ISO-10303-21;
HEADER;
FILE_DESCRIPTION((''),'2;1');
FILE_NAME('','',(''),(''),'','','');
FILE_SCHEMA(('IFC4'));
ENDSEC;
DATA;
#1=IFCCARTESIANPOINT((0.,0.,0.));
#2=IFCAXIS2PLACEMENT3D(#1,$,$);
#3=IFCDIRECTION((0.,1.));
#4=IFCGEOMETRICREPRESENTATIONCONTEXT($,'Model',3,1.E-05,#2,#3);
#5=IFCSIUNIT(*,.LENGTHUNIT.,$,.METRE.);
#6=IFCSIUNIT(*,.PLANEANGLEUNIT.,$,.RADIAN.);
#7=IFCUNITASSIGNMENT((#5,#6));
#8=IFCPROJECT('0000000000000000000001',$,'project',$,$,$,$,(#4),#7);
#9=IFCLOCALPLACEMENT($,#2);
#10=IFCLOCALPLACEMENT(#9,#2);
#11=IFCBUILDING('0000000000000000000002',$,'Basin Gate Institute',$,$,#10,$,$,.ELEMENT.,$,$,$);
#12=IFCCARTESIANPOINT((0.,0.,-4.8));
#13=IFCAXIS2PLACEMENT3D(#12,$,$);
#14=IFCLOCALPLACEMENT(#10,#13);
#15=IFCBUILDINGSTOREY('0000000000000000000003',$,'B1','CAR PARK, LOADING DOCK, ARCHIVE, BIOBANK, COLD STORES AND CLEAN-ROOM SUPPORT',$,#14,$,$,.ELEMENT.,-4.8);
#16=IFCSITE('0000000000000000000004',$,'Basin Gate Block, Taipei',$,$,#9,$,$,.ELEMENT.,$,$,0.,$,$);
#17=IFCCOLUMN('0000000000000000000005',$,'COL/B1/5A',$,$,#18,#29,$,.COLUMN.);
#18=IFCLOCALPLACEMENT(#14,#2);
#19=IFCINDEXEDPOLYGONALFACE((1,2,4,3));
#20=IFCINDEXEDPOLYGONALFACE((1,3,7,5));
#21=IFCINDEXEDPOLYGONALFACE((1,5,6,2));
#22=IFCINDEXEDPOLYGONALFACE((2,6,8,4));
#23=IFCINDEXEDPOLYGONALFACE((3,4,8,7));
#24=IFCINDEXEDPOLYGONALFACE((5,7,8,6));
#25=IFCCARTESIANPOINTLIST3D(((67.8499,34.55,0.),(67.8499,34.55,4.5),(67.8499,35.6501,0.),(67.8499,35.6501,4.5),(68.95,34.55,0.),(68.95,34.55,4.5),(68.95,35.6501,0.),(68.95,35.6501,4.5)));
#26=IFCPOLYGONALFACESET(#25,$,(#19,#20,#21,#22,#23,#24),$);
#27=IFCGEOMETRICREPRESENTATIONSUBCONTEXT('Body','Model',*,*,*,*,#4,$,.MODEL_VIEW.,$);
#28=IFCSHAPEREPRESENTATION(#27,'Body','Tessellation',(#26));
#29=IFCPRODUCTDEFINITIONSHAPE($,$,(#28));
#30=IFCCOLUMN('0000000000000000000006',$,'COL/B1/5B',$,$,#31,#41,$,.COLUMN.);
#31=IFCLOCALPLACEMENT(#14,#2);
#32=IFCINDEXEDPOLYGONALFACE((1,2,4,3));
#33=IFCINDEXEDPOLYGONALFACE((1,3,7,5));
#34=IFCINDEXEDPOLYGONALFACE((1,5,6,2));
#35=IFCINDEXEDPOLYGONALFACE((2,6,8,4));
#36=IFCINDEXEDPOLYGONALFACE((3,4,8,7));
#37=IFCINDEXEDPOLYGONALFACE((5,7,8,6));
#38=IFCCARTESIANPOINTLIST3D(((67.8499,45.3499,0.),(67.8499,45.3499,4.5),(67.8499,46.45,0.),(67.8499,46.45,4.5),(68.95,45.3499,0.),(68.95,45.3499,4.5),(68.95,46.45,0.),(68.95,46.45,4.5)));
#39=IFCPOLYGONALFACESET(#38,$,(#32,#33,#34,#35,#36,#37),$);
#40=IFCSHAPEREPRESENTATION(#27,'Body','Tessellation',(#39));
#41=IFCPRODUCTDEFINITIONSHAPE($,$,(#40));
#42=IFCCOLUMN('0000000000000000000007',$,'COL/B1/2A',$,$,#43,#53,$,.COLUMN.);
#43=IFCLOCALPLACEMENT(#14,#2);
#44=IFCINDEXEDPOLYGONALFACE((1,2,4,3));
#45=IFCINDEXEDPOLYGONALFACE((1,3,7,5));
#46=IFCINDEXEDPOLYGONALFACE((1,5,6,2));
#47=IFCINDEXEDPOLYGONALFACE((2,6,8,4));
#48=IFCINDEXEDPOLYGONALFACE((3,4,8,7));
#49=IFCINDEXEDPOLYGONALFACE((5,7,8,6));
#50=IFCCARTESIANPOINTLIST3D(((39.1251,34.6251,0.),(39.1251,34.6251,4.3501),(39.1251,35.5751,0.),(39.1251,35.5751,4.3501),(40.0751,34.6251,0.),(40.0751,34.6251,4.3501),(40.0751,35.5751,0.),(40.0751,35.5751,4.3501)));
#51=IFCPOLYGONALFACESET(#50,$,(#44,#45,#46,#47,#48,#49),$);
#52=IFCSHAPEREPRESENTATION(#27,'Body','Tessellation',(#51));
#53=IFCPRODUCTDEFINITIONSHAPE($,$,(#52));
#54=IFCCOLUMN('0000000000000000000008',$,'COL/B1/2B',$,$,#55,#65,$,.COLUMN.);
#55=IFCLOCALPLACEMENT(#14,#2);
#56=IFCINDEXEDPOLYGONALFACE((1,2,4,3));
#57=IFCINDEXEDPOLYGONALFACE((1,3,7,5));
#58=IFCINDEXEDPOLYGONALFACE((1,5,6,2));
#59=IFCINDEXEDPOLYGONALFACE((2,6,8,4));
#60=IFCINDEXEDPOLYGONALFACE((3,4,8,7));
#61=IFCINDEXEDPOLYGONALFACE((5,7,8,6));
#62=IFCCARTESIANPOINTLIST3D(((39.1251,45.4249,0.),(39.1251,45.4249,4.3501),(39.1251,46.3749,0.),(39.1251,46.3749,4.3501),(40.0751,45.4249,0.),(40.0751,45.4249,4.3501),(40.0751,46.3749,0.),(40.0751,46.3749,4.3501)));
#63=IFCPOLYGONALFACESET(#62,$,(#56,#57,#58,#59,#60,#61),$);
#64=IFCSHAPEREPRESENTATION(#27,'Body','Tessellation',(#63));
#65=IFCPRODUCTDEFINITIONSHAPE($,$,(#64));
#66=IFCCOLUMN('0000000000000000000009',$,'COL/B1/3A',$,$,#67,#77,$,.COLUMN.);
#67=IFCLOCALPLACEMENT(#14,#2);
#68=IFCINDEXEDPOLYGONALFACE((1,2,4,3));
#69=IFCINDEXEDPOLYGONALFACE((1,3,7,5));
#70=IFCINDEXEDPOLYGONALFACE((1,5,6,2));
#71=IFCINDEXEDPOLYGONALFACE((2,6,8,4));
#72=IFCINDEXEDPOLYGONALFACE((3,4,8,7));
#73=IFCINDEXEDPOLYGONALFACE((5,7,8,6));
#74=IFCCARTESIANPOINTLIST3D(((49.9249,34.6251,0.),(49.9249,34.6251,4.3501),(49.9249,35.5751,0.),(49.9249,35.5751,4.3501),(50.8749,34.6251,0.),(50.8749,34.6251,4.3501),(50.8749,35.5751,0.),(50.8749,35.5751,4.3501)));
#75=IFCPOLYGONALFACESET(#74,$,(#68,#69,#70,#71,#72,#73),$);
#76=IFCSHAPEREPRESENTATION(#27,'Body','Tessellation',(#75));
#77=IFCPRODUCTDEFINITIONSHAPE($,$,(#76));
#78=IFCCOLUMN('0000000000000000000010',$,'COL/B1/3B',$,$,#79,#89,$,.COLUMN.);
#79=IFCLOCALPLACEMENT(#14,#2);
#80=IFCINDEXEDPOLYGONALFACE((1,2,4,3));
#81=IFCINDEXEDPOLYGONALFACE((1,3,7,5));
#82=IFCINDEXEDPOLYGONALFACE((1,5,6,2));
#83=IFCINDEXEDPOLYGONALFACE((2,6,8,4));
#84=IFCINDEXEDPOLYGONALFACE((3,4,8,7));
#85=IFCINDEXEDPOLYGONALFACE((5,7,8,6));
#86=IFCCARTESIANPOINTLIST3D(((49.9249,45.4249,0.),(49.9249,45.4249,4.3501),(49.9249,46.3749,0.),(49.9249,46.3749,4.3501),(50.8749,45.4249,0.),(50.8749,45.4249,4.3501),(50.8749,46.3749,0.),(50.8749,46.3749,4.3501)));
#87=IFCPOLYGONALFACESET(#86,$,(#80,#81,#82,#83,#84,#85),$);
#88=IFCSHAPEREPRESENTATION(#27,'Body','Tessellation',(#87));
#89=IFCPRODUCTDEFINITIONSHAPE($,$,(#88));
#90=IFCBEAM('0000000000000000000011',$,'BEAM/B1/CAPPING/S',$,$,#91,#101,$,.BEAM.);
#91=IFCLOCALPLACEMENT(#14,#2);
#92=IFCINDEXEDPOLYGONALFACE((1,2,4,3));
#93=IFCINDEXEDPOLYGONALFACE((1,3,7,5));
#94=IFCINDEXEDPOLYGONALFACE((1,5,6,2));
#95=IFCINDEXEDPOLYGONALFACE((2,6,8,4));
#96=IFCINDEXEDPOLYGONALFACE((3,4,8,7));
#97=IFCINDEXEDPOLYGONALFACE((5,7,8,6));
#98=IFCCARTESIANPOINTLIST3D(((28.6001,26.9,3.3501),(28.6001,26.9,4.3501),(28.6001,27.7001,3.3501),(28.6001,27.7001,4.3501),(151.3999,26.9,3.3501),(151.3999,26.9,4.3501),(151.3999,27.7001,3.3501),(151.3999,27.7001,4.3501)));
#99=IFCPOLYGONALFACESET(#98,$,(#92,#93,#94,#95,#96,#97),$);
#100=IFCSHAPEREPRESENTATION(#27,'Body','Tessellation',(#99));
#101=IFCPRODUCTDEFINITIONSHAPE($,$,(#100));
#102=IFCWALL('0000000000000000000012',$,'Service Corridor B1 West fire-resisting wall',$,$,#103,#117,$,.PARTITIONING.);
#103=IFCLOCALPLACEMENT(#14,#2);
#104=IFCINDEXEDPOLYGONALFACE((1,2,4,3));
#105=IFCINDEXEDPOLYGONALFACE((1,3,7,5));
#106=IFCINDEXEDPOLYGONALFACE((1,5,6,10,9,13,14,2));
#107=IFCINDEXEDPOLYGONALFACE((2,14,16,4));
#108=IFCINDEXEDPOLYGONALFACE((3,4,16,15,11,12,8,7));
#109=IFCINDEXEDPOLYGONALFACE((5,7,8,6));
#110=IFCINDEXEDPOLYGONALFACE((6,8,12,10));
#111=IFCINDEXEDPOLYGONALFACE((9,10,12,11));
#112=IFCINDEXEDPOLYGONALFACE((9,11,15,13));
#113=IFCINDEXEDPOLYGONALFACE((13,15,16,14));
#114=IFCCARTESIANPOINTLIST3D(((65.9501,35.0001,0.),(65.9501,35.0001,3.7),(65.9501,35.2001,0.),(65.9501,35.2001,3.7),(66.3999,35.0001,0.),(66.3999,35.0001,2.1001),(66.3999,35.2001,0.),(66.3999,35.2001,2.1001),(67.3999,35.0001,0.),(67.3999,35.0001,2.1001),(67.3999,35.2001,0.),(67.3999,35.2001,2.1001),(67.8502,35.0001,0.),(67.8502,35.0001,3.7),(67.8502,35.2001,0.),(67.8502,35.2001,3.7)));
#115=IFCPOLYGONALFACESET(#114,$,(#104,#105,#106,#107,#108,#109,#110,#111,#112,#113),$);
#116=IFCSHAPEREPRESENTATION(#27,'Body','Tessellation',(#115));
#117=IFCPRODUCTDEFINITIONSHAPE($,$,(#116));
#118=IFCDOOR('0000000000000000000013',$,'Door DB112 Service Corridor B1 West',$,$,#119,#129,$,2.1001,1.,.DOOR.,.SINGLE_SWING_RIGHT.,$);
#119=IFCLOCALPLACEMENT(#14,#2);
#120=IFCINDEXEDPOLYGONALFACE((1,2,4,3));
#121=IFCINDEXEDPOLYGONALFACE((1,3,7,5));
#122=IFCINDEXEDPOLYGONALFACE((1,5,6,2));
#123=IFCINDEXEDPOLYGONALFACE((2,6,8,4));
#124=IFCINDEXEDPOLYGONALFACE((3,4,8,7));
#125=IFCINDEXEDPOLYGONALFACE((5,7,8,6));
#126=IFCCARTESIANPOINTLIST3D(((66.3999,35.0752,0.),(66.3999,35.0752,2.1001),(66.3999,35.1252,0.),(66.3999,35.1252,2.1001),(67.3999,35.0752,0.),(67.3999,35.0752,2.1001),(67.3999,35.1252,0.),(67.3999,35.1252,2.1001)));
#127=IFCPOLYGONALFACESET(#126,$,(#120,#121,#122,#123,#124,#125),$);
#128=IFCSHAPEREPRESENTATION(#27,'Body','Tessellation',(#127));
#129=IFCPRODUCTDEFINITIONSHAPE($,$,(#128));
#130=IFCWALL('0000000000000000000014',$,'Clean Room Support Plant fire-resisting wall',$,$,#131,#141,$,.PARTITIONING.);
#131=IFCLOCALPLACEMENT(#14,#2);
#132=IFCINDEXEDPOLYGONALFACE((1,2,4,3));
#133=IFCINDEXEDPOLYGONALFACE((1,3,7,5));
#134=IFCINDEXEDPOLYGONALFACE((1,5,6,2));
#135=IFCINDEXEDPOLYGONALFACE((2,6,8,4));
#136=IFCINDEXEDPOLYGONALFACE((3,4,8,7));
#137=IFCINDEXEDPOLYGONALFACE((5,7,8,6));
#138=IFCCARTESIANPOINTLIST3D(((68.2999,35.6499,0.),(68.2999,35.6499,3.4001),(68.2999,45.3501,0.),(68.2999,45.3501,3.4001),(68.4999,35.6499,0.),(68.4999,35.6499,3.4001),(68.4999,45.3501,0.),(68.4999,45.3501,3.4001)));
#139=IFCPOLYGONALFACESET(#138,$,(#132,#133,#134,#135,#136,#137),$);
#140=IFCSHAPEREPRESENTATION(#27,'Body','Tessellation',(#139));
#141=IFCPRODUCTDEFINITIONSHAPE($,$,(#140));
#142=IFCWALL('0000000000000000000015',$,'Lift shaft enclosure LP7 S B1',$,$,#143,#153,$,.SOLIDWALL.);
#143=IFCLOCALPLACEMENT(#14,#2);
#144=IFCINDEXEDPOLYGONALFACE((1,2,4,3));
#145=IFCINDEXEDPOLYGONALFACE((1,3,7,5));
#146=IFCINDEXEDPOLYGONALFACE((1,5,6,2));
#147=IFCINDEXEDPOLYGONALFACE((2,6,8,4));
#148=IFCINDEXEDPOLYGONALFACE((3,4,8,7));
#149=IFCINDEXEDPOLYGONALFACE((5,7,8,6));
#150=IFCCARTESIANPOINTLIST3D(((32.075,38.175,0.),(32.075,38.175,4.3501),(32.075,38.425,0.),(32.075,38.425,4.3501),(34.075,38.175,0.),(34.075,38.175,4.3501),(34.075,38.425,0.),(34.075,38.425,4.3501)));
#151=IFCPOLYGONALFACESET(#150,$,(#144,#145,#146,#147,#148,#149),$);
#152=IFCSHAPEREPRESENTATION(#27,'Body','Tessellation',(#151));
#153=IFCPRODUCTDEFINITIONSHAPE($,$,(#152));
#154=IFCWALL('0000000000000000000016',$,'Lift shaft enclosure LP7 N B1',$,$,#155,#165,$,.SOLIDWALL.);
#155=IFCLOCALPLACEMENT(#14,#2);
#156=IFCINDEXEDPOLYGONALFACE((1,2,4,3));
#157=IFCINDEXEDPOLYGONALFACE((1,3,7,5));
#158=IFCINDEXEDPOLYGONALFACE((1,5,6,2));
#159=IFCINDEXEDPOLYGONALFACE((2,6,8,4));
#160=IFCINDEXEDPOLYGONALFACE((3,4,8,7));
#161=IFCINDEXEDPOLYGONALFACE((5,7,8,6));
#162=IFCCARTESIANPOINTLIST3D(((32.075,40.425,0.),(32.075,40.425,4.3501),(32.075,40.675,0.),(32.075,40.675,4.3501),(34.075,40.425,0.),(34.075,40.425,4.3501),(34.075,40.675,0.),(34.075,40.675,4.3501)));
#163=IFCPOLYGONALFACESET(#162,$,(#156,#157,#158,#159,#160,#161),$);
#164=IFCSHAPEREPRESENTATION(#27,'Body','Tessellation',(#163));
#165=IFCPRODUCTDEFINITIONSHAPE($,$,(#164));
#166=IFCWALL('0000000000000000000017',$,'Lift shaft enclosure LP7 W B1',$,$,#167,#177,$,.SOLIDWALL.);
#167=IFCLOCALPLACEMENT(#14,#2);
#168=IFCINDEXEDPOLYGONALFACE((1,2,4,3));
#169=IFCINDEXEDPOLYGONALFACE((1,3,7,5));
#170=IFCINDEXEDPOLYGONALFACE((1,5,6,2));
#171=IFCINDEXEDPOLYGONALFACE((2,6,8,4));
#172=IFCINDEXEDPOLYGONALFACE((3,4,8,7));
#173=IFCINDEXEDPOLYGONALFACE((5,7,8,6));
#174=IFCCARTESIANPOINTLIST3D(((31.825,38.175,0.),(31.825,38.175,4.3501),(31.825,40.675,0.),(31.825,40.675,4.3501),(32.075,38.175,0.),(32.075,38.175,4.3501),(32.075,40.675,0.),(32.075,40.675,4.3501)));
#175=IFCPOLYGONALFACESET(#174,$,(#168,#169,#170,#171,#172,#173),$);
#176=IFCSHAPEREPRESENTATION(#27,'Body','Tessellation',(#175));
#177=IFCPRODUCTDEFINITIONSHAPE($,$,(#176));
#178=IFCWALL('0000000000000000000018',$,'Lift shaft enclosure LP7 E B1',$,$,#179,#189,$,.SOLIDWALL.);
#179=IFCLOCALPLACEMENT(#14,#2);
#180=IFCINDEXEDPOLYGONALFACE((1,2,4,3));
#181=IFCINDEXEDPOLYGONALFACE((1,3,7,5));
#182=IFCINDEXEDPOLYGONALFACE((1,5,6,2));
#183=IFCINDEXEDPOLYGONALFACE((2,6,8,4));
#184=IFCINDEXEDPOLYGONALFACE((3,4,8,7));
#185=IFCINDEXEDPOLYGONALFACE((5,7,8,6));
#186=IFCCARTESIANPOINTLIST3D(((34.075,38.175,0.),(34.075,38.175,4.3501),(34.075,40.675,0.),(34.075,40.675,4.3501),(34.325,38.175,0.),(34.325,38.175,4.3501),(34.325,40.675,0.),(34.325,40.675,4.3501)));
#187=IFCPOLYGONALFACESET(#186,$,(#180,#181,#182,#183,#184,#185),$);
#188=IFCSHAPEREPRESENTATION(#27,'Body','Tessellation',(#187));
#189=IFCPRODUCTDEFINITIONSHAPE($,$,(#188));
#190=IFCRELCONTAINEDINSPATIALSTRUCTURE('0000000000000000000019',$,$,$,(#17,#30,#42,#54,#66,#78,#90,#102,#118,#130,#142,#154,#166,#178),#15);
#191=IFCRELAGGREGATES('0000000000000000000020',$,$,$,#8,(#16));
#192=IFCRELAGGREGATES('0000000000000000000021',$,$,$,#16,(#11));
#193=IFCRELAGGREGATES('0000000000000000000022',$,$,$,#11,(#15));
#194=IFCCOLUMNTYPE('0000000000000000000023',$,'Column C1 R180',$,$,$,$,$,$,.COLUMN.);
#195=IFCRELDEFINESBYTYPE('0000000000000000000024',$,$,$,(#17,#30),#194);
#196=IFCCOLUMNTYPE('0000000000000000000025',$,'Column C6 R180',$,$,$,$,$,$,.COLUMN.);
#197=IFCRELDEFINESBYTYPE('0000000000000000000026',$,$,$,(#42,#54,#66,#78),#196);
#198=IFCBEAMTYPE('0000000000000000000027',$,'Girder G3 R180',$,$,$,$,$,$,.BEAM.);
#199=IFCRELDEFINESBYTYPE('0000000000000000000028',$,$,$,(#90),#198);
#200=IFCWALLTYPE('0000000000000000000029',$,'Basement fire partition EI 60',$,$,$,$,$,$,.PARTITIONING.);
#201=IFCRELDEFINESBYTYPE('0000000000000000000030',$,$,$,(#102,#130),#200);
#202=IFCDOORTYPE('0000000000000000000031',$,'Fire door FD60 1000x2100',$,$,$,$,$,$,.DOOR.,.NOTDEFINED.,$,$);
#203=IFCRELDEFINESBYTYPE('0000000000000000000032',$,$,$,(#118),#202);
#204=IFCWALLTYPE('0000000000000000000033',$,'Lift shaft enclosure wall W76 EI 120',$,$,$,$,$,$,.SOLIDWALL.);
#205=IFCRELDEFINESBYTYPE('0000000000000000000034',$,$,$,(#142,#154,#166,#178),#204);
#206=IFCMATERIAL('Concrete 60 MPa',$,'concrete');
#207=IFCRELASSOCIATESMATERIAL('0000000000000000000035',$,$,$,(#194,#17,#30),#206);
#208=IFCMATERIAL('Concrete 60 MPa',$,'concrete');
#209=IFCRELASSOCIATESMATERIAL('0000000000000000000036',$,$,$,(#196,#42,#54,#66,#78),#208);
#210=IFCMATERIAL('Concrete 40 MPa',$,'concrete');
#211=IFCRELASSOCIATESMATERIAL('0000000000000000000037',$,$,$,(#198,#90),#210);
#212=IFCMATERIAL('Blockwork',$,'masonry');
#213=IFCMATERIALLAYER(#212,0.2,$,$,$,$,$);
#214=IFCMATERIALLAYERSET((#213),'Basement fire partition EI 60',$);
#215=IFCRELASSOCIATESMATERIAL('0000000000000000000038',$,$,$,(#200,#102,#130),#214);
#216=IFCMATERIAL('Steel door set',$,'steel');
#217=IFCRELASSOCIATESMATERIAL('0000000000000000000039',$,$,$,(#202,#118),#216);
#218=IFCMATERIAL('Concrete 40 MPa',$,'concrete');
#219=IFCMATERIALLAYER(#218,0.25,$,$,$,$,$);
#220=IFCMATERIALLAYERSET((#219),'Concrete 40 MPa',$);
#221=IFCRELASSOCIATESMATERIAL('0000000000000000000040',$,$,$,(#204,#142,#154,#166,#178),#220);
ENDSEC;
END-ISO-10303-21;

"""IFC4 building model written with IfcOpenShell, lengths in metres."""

from ifc_helpers import new_model, si_unit, direction, frame, frame_2d, origin, origin_2d, place, context, subcontext, project, spatial, rectangle, extrude, material, layer, layer_set, material_profile, profile_set, type_object, element, fill, save


model = new_model("IFC4")

# Units and contexts
model_context = context("Model", 3, precision=1e-05, world=origin(), true_north=direction((0.0, 1.0)))
body_context = subcontext(model_context, "Body", "Model", "MODEL_VIEW")
ifc_project = project(units=[si_unit("LENGTHUNIT", "METRE"), si_unit("PLANEANGLEUNIT", "RADIAN")], contexts=[model_context])

# Site, building, storey
site_placement = place(None, origin())
site = spatial("IfcSite", under=ifc_project, at=site_placement, Name="Basin Gate Block, Taipei", CompositionType="ELEMENT", RefElevation=0.0)
building_placement = place(site_placement, origin())
building = spatial("IfcBuilding", under=site, at=building_placement, Name="Basin Gate Institute", CompositionType="ELEMENT")
storey_placement = place(building_placement, frame((0.0, 0.0, -4.8)))
storey = spatial("IfcBuildingStorey", under=building, at=storey_placement, Name="B1", Description="CAR PARK, LOADING DOCK, ARCHIVE, BIOBANK, COLD STORES AND CLEAN-ROOM SUPPORT", CompositionType="ELEMENT", Elevation=-4.8)

# Columns
ifc_material_1 = material(Name="Concrete 60 MPa", Category="concrete")
ifc_material_profile_1 = material_profile(ifc_material_1, rectangle(XDim=1.1001, YDim=1.1001, at=origin_2d()), Name="Column C1 1100 x 1100")
ifc_profile_set_1 = profile_set([ifc_material_profile_1], Name="Concrete 60 MPa")
column_type_1 = type_object("IfcColumnType", Name="Column C1 R180", PredefinedType="COLUMN", material=ifc_profile_set_1)
for number, where, z_axis, x_axis, name in (
    (1, (68.3999, 35.1001, 0.0), (0.0, 0.0, 1.0), (1.0, 0.0, 0.0), "COL/B1/5A"),
    (2, (68.3999, 45.8999, 0.0), (0.0, 0.0, 1.0), (1.0, 0.0, 0.0), "COL/B1/5B"),
):
    element("IfcColumn", number, at=place(storey_placement, frame(where, z_axis=z_axis, x_axis=x_axis)), inside=storey, type_object=column_type_1, material=ifc_profile_set_1, Name=name, PredefinedType="COLUMN", context=body_context, shape_type="SweptSolid", body=[
        extrude(rectangle(XDim=1.1001, YDim=1.1001, at=origin_2d()), origin(), (0.0, 0.0, 1.0), 4.5),
    ])
ifc_material_2 = material(Name="Concrete 60 MPa", Category="concrete")
ifc_material_profile_2 = material_profile(ifc_material_2, rectangle(XDim=0.95, YDim=0.95, at=origin_2d()), Name="Column C6 950 x 950")
ifc_profile_set_2 = profile_set([ifc_material_profile_2], Name="Concrete 60 MPa")
column_type_2 = type_object("IfcColumnType", Name="Column C6 R180", PredefinedType="COLUMN", material=ifc_profile_set_2)
for number, where, z_axis, x_axis, name in (
    (3, (39.6001, 35.1001, 0.0), (0.0, 0.0, 1.0), (1.0, 0.0, 0.0), "COL/B1/2A"),
    (4, (39.6001, 45.8999, 0.0), (0.0, 0.0, 1.0), (1.0, 0.0, 0.0), "COL/B1/2B"),
    (5, (50.3999, 35.1001, 0.0), (0.0, 0.0, 1.0), (1.0, 0.0, 0.0), "COL/B1/3A"),
    (6, (50.3999, 45.8999, 0.0), (0.0, 0.0, 1.0), (1.0, 0.0, 0.0), "COL/B1/3B"),
):
    element("IfcColumn", number, at=place(storey_placement, frame(where, z_axis=z_axis, x_axis=x_axis)), inside=storey, type_object=column_type_2, material=ifc_profile_set_2, Name=name, PredefinedType="COLUMN", context=body_context, shape_type="SweptSolid", body=[
        extrude(rectangle(XDim=0.95, YDim=0.95, at=origin_2d()), origin(), (0.0, 0.0, 1.0), 4.3501),
    ])

# Beam
ifc_material_3 = material(Name="Concrete 40 MPa", Category="concrete")
ifc_material_profile_3 = material_profile(ifc_material_3, rectangle(XDim=0.8, YDim=1.0, at=origin_2d()), Name="Girder G3 800 x 1000")
ifc_profile_set_3 = profile_set([ifc_material_profile_3], Name="Concrete 40 MPa")
beam_type = type_object("IfcBeamType", Name="Girder G3 R180", PredefinedType="BEAM", material=ifc_profile_set_3)
beam_placement = place(storey_placement, frame((28.6001, 27.3, 3.8501), z_axis=(1.0, 0.0, 0.0), x_axis=(0.0, 1.0, 0.0)))
element("IfcBeam", 7, at=beam_placement, inside=storey, type_object=beam_type, material=ifc_profile_set_3, Name="BEAM/B1/CAPPING/S", PredefinedType="BEAM", context=body_context, shape_type="SweptSolid", body=[
    extrude(rectangle(XDim=0.8, YDim=1.0, at=origin_2d()), origin(), (0.0, 0.0, 1.0), 122.7998),
])

# Wall, opening, door
ifc_material_4 = material(Name="Blockwork", Category="masonry")
ifc_layer_1 = layer(ifc_material_4, 0.2)
ifc_layer_set_1 = layer_set([ifc_layer_1], Name="Basement fire partition EI 60")
wall_type_1 = type_object("IfcWallType", Name="Basement fire partition EI 60", PredefinedType="PARTITIONING", material=ifc_layer_set_1)
wall_1_placement = place(storey_placement, frame((65.95, 35.1001, 0.0), z_axis=(0.0, 0.0, 1.0), x_axis=(1.0, 0.0, 0.0)))
wall_1 = element("IfcWall", 8, at=wall_1_placement, inside=storey, type_object=wall_type_1, material=ifc_layer_set_1, Name="Service Corridor B1 West fire-resisting wall", PredefinedType="PARTITIONING", context=body_context, shape_type="SweptSolid", body=[
    extrude(rectangle(XDim=1.9001, YDim=0.2, at=frame_2d((0.9502, 0.0))), origin(), (0.0, 0.0, 1.0), 3.7),
])
opening_1_placement = place(wall_1_placement, frame((0.45, 0.0, 0.0)))
opening_1 = element("IfcOpeningElement", 9, at=opening_1_placement, cuts=wall_1, PredefinedType="OPENING", context=body_context, shape_type="SweptSolid", body=[
    extrude(rectangle(XDim=1.0, YDim=2.1001, at=frame_2d((0.5, 1.05))), frame((0.0, 0.1099, 0.0), z_axis=(0.0, -1.0, 0.0), x_axis=(1.0, 0.0, 0.0)), (0.0, 0.0, 1.0), 0.22),
])
ifc_material_5 = material(Name="Steel door set", Category="steel")
door_type_1 = type_object("IfcDoorType", Name="Fire door FD60 1000x2100", OperationType="NOTDEFINED", PredefinedType="DOOR", material=ifc_material_5)
door_1_placement = place(opening_1_placement, frame((1.0, 0.0, 0.0), z_axis=(0.0, 0.0, 1.0), x_axis=(-1.0, 0.0, 0.0)))
door_1 = element("IfcDoor", 10, at=door_1_placement, inside=storey, type_object=door_type_1, material=ifc_material_5, Name="Door DB112 Service Corridor B1 West", OperationType="SINGLE_SWING_RIGHT", OverallHeight=2.1001, OverallWidth=1.0, PredefinedType="DOOR", context=body_context, shape_type="SweptSolid", body=[
    extrude(rectangle(XDim=1.0, YDim=2.1001, at=frame_2d((0.5, 1.05))), frame((0.0, 0.0249, 0.0), z_axis=(0.0, -1.0, 0.0), x_axis=(1.0, 0.0, 0.0)), (0.0, 0.0, 1.0), 0.05),
])
fill(opening_1, door_1)

# Walls
wall_2_placement = place(storey_placement, frame((68.3999, 35.6499, 0.0), z_axis=(0.0, 0.0, 1.0), x_axis=(0.0, 1.0, 0.0)))
element("IfcWall", 11, at=wall_2_placement, inside=storey, type_object=wall_type_1, material=ifc_layer_set_1, Name="Clean Room Support Plant fire-resisting wall", PredefinedType="PARTITIONING", context=body_context, shape_type="SweptSolid", body=[
    extrude(rectangle(XDim=9.7002, YDim=0.2, at=frame_2d((4.8501, 0.0))), origin(), (0.0, 0.0, 1.0), 3.4001),
])
ifc_material_6 = material(Name="Concrete 40 MPa", Category="concrete")
ifc_layer_2 = layer(ifc_material_6, 0.25)
ifc_layer_set_2 = layer_set([ifc_layer_2], Name="Concrete 40 MPa")
wall_type_2 = type_object("IfcWallType", Name="Lift shaft enclosure wall W76 EI 120", PredefinedType="SOLIDWALL", material=ifc_layer_set_2)
for number, where, z_axis, x_axis, name in (
    (12, (32.075, 38.3, 0.0), (0.0, 0.0, 1.0), (1.0, 0.0, 0.0), "Lift shaft enclosure LP7 S B1"),
    (13, (32.075, 40.55, 0.0), (0.0, 0.0, 1.0), (1.0, 0.0, 0.0), "Lift shaft enclosure LP7 N B1"),
):
    element("IfcWall", number, at=place(storey_placement, frame(where, z_axis=z_axis, x_axis=x_axis)), inside=storey, type_object=wall_type_2, material=ifc_layer_set_2, Name=name, PredefinedType="SOLIDWALL", context=body_context, shape_type="SweptSolid", body=[
        extrude(rectangle(XDim=2.0, YDim=0.25, at=frame_2d((1.0, 0.0))), origin(), (0.0, 0.0, 1.0), 4.3501),
    ])
for number, where, z_axis, x_axis, name in (
    (14, (31.95, 38.175, 0.0), (0.0, 0.0, 1.0), (0.0, 1.0, 0.0), "Lift shaft enclosure LP7 W B1"),
    (15, (34.2, 38.175, 0.0), (0.0, 0.0, 1.0), (0.0, 1.0, 0.0), "Lift shaft enclosure LP7 E B1"),
):
    element("IfcWall", number, at=place(storey_placement, frame(where, z_axis=z_axis, x_axis=x_axis)), inside=storey, type_object=wall_type_2, material=ifc_layer_set_2, Name=name, PredefinedType="SOLIDWALL", context=body_context, shape_type="SweptSolid", body=[
        extrude(rectangle(XDim=2.5, YDim=0.25, at=frame_2d((1.25, 0.0))), origin(), (0.0, 0.0, 1.0), 4.3501),
    ])

save(model, "model.ifc")
